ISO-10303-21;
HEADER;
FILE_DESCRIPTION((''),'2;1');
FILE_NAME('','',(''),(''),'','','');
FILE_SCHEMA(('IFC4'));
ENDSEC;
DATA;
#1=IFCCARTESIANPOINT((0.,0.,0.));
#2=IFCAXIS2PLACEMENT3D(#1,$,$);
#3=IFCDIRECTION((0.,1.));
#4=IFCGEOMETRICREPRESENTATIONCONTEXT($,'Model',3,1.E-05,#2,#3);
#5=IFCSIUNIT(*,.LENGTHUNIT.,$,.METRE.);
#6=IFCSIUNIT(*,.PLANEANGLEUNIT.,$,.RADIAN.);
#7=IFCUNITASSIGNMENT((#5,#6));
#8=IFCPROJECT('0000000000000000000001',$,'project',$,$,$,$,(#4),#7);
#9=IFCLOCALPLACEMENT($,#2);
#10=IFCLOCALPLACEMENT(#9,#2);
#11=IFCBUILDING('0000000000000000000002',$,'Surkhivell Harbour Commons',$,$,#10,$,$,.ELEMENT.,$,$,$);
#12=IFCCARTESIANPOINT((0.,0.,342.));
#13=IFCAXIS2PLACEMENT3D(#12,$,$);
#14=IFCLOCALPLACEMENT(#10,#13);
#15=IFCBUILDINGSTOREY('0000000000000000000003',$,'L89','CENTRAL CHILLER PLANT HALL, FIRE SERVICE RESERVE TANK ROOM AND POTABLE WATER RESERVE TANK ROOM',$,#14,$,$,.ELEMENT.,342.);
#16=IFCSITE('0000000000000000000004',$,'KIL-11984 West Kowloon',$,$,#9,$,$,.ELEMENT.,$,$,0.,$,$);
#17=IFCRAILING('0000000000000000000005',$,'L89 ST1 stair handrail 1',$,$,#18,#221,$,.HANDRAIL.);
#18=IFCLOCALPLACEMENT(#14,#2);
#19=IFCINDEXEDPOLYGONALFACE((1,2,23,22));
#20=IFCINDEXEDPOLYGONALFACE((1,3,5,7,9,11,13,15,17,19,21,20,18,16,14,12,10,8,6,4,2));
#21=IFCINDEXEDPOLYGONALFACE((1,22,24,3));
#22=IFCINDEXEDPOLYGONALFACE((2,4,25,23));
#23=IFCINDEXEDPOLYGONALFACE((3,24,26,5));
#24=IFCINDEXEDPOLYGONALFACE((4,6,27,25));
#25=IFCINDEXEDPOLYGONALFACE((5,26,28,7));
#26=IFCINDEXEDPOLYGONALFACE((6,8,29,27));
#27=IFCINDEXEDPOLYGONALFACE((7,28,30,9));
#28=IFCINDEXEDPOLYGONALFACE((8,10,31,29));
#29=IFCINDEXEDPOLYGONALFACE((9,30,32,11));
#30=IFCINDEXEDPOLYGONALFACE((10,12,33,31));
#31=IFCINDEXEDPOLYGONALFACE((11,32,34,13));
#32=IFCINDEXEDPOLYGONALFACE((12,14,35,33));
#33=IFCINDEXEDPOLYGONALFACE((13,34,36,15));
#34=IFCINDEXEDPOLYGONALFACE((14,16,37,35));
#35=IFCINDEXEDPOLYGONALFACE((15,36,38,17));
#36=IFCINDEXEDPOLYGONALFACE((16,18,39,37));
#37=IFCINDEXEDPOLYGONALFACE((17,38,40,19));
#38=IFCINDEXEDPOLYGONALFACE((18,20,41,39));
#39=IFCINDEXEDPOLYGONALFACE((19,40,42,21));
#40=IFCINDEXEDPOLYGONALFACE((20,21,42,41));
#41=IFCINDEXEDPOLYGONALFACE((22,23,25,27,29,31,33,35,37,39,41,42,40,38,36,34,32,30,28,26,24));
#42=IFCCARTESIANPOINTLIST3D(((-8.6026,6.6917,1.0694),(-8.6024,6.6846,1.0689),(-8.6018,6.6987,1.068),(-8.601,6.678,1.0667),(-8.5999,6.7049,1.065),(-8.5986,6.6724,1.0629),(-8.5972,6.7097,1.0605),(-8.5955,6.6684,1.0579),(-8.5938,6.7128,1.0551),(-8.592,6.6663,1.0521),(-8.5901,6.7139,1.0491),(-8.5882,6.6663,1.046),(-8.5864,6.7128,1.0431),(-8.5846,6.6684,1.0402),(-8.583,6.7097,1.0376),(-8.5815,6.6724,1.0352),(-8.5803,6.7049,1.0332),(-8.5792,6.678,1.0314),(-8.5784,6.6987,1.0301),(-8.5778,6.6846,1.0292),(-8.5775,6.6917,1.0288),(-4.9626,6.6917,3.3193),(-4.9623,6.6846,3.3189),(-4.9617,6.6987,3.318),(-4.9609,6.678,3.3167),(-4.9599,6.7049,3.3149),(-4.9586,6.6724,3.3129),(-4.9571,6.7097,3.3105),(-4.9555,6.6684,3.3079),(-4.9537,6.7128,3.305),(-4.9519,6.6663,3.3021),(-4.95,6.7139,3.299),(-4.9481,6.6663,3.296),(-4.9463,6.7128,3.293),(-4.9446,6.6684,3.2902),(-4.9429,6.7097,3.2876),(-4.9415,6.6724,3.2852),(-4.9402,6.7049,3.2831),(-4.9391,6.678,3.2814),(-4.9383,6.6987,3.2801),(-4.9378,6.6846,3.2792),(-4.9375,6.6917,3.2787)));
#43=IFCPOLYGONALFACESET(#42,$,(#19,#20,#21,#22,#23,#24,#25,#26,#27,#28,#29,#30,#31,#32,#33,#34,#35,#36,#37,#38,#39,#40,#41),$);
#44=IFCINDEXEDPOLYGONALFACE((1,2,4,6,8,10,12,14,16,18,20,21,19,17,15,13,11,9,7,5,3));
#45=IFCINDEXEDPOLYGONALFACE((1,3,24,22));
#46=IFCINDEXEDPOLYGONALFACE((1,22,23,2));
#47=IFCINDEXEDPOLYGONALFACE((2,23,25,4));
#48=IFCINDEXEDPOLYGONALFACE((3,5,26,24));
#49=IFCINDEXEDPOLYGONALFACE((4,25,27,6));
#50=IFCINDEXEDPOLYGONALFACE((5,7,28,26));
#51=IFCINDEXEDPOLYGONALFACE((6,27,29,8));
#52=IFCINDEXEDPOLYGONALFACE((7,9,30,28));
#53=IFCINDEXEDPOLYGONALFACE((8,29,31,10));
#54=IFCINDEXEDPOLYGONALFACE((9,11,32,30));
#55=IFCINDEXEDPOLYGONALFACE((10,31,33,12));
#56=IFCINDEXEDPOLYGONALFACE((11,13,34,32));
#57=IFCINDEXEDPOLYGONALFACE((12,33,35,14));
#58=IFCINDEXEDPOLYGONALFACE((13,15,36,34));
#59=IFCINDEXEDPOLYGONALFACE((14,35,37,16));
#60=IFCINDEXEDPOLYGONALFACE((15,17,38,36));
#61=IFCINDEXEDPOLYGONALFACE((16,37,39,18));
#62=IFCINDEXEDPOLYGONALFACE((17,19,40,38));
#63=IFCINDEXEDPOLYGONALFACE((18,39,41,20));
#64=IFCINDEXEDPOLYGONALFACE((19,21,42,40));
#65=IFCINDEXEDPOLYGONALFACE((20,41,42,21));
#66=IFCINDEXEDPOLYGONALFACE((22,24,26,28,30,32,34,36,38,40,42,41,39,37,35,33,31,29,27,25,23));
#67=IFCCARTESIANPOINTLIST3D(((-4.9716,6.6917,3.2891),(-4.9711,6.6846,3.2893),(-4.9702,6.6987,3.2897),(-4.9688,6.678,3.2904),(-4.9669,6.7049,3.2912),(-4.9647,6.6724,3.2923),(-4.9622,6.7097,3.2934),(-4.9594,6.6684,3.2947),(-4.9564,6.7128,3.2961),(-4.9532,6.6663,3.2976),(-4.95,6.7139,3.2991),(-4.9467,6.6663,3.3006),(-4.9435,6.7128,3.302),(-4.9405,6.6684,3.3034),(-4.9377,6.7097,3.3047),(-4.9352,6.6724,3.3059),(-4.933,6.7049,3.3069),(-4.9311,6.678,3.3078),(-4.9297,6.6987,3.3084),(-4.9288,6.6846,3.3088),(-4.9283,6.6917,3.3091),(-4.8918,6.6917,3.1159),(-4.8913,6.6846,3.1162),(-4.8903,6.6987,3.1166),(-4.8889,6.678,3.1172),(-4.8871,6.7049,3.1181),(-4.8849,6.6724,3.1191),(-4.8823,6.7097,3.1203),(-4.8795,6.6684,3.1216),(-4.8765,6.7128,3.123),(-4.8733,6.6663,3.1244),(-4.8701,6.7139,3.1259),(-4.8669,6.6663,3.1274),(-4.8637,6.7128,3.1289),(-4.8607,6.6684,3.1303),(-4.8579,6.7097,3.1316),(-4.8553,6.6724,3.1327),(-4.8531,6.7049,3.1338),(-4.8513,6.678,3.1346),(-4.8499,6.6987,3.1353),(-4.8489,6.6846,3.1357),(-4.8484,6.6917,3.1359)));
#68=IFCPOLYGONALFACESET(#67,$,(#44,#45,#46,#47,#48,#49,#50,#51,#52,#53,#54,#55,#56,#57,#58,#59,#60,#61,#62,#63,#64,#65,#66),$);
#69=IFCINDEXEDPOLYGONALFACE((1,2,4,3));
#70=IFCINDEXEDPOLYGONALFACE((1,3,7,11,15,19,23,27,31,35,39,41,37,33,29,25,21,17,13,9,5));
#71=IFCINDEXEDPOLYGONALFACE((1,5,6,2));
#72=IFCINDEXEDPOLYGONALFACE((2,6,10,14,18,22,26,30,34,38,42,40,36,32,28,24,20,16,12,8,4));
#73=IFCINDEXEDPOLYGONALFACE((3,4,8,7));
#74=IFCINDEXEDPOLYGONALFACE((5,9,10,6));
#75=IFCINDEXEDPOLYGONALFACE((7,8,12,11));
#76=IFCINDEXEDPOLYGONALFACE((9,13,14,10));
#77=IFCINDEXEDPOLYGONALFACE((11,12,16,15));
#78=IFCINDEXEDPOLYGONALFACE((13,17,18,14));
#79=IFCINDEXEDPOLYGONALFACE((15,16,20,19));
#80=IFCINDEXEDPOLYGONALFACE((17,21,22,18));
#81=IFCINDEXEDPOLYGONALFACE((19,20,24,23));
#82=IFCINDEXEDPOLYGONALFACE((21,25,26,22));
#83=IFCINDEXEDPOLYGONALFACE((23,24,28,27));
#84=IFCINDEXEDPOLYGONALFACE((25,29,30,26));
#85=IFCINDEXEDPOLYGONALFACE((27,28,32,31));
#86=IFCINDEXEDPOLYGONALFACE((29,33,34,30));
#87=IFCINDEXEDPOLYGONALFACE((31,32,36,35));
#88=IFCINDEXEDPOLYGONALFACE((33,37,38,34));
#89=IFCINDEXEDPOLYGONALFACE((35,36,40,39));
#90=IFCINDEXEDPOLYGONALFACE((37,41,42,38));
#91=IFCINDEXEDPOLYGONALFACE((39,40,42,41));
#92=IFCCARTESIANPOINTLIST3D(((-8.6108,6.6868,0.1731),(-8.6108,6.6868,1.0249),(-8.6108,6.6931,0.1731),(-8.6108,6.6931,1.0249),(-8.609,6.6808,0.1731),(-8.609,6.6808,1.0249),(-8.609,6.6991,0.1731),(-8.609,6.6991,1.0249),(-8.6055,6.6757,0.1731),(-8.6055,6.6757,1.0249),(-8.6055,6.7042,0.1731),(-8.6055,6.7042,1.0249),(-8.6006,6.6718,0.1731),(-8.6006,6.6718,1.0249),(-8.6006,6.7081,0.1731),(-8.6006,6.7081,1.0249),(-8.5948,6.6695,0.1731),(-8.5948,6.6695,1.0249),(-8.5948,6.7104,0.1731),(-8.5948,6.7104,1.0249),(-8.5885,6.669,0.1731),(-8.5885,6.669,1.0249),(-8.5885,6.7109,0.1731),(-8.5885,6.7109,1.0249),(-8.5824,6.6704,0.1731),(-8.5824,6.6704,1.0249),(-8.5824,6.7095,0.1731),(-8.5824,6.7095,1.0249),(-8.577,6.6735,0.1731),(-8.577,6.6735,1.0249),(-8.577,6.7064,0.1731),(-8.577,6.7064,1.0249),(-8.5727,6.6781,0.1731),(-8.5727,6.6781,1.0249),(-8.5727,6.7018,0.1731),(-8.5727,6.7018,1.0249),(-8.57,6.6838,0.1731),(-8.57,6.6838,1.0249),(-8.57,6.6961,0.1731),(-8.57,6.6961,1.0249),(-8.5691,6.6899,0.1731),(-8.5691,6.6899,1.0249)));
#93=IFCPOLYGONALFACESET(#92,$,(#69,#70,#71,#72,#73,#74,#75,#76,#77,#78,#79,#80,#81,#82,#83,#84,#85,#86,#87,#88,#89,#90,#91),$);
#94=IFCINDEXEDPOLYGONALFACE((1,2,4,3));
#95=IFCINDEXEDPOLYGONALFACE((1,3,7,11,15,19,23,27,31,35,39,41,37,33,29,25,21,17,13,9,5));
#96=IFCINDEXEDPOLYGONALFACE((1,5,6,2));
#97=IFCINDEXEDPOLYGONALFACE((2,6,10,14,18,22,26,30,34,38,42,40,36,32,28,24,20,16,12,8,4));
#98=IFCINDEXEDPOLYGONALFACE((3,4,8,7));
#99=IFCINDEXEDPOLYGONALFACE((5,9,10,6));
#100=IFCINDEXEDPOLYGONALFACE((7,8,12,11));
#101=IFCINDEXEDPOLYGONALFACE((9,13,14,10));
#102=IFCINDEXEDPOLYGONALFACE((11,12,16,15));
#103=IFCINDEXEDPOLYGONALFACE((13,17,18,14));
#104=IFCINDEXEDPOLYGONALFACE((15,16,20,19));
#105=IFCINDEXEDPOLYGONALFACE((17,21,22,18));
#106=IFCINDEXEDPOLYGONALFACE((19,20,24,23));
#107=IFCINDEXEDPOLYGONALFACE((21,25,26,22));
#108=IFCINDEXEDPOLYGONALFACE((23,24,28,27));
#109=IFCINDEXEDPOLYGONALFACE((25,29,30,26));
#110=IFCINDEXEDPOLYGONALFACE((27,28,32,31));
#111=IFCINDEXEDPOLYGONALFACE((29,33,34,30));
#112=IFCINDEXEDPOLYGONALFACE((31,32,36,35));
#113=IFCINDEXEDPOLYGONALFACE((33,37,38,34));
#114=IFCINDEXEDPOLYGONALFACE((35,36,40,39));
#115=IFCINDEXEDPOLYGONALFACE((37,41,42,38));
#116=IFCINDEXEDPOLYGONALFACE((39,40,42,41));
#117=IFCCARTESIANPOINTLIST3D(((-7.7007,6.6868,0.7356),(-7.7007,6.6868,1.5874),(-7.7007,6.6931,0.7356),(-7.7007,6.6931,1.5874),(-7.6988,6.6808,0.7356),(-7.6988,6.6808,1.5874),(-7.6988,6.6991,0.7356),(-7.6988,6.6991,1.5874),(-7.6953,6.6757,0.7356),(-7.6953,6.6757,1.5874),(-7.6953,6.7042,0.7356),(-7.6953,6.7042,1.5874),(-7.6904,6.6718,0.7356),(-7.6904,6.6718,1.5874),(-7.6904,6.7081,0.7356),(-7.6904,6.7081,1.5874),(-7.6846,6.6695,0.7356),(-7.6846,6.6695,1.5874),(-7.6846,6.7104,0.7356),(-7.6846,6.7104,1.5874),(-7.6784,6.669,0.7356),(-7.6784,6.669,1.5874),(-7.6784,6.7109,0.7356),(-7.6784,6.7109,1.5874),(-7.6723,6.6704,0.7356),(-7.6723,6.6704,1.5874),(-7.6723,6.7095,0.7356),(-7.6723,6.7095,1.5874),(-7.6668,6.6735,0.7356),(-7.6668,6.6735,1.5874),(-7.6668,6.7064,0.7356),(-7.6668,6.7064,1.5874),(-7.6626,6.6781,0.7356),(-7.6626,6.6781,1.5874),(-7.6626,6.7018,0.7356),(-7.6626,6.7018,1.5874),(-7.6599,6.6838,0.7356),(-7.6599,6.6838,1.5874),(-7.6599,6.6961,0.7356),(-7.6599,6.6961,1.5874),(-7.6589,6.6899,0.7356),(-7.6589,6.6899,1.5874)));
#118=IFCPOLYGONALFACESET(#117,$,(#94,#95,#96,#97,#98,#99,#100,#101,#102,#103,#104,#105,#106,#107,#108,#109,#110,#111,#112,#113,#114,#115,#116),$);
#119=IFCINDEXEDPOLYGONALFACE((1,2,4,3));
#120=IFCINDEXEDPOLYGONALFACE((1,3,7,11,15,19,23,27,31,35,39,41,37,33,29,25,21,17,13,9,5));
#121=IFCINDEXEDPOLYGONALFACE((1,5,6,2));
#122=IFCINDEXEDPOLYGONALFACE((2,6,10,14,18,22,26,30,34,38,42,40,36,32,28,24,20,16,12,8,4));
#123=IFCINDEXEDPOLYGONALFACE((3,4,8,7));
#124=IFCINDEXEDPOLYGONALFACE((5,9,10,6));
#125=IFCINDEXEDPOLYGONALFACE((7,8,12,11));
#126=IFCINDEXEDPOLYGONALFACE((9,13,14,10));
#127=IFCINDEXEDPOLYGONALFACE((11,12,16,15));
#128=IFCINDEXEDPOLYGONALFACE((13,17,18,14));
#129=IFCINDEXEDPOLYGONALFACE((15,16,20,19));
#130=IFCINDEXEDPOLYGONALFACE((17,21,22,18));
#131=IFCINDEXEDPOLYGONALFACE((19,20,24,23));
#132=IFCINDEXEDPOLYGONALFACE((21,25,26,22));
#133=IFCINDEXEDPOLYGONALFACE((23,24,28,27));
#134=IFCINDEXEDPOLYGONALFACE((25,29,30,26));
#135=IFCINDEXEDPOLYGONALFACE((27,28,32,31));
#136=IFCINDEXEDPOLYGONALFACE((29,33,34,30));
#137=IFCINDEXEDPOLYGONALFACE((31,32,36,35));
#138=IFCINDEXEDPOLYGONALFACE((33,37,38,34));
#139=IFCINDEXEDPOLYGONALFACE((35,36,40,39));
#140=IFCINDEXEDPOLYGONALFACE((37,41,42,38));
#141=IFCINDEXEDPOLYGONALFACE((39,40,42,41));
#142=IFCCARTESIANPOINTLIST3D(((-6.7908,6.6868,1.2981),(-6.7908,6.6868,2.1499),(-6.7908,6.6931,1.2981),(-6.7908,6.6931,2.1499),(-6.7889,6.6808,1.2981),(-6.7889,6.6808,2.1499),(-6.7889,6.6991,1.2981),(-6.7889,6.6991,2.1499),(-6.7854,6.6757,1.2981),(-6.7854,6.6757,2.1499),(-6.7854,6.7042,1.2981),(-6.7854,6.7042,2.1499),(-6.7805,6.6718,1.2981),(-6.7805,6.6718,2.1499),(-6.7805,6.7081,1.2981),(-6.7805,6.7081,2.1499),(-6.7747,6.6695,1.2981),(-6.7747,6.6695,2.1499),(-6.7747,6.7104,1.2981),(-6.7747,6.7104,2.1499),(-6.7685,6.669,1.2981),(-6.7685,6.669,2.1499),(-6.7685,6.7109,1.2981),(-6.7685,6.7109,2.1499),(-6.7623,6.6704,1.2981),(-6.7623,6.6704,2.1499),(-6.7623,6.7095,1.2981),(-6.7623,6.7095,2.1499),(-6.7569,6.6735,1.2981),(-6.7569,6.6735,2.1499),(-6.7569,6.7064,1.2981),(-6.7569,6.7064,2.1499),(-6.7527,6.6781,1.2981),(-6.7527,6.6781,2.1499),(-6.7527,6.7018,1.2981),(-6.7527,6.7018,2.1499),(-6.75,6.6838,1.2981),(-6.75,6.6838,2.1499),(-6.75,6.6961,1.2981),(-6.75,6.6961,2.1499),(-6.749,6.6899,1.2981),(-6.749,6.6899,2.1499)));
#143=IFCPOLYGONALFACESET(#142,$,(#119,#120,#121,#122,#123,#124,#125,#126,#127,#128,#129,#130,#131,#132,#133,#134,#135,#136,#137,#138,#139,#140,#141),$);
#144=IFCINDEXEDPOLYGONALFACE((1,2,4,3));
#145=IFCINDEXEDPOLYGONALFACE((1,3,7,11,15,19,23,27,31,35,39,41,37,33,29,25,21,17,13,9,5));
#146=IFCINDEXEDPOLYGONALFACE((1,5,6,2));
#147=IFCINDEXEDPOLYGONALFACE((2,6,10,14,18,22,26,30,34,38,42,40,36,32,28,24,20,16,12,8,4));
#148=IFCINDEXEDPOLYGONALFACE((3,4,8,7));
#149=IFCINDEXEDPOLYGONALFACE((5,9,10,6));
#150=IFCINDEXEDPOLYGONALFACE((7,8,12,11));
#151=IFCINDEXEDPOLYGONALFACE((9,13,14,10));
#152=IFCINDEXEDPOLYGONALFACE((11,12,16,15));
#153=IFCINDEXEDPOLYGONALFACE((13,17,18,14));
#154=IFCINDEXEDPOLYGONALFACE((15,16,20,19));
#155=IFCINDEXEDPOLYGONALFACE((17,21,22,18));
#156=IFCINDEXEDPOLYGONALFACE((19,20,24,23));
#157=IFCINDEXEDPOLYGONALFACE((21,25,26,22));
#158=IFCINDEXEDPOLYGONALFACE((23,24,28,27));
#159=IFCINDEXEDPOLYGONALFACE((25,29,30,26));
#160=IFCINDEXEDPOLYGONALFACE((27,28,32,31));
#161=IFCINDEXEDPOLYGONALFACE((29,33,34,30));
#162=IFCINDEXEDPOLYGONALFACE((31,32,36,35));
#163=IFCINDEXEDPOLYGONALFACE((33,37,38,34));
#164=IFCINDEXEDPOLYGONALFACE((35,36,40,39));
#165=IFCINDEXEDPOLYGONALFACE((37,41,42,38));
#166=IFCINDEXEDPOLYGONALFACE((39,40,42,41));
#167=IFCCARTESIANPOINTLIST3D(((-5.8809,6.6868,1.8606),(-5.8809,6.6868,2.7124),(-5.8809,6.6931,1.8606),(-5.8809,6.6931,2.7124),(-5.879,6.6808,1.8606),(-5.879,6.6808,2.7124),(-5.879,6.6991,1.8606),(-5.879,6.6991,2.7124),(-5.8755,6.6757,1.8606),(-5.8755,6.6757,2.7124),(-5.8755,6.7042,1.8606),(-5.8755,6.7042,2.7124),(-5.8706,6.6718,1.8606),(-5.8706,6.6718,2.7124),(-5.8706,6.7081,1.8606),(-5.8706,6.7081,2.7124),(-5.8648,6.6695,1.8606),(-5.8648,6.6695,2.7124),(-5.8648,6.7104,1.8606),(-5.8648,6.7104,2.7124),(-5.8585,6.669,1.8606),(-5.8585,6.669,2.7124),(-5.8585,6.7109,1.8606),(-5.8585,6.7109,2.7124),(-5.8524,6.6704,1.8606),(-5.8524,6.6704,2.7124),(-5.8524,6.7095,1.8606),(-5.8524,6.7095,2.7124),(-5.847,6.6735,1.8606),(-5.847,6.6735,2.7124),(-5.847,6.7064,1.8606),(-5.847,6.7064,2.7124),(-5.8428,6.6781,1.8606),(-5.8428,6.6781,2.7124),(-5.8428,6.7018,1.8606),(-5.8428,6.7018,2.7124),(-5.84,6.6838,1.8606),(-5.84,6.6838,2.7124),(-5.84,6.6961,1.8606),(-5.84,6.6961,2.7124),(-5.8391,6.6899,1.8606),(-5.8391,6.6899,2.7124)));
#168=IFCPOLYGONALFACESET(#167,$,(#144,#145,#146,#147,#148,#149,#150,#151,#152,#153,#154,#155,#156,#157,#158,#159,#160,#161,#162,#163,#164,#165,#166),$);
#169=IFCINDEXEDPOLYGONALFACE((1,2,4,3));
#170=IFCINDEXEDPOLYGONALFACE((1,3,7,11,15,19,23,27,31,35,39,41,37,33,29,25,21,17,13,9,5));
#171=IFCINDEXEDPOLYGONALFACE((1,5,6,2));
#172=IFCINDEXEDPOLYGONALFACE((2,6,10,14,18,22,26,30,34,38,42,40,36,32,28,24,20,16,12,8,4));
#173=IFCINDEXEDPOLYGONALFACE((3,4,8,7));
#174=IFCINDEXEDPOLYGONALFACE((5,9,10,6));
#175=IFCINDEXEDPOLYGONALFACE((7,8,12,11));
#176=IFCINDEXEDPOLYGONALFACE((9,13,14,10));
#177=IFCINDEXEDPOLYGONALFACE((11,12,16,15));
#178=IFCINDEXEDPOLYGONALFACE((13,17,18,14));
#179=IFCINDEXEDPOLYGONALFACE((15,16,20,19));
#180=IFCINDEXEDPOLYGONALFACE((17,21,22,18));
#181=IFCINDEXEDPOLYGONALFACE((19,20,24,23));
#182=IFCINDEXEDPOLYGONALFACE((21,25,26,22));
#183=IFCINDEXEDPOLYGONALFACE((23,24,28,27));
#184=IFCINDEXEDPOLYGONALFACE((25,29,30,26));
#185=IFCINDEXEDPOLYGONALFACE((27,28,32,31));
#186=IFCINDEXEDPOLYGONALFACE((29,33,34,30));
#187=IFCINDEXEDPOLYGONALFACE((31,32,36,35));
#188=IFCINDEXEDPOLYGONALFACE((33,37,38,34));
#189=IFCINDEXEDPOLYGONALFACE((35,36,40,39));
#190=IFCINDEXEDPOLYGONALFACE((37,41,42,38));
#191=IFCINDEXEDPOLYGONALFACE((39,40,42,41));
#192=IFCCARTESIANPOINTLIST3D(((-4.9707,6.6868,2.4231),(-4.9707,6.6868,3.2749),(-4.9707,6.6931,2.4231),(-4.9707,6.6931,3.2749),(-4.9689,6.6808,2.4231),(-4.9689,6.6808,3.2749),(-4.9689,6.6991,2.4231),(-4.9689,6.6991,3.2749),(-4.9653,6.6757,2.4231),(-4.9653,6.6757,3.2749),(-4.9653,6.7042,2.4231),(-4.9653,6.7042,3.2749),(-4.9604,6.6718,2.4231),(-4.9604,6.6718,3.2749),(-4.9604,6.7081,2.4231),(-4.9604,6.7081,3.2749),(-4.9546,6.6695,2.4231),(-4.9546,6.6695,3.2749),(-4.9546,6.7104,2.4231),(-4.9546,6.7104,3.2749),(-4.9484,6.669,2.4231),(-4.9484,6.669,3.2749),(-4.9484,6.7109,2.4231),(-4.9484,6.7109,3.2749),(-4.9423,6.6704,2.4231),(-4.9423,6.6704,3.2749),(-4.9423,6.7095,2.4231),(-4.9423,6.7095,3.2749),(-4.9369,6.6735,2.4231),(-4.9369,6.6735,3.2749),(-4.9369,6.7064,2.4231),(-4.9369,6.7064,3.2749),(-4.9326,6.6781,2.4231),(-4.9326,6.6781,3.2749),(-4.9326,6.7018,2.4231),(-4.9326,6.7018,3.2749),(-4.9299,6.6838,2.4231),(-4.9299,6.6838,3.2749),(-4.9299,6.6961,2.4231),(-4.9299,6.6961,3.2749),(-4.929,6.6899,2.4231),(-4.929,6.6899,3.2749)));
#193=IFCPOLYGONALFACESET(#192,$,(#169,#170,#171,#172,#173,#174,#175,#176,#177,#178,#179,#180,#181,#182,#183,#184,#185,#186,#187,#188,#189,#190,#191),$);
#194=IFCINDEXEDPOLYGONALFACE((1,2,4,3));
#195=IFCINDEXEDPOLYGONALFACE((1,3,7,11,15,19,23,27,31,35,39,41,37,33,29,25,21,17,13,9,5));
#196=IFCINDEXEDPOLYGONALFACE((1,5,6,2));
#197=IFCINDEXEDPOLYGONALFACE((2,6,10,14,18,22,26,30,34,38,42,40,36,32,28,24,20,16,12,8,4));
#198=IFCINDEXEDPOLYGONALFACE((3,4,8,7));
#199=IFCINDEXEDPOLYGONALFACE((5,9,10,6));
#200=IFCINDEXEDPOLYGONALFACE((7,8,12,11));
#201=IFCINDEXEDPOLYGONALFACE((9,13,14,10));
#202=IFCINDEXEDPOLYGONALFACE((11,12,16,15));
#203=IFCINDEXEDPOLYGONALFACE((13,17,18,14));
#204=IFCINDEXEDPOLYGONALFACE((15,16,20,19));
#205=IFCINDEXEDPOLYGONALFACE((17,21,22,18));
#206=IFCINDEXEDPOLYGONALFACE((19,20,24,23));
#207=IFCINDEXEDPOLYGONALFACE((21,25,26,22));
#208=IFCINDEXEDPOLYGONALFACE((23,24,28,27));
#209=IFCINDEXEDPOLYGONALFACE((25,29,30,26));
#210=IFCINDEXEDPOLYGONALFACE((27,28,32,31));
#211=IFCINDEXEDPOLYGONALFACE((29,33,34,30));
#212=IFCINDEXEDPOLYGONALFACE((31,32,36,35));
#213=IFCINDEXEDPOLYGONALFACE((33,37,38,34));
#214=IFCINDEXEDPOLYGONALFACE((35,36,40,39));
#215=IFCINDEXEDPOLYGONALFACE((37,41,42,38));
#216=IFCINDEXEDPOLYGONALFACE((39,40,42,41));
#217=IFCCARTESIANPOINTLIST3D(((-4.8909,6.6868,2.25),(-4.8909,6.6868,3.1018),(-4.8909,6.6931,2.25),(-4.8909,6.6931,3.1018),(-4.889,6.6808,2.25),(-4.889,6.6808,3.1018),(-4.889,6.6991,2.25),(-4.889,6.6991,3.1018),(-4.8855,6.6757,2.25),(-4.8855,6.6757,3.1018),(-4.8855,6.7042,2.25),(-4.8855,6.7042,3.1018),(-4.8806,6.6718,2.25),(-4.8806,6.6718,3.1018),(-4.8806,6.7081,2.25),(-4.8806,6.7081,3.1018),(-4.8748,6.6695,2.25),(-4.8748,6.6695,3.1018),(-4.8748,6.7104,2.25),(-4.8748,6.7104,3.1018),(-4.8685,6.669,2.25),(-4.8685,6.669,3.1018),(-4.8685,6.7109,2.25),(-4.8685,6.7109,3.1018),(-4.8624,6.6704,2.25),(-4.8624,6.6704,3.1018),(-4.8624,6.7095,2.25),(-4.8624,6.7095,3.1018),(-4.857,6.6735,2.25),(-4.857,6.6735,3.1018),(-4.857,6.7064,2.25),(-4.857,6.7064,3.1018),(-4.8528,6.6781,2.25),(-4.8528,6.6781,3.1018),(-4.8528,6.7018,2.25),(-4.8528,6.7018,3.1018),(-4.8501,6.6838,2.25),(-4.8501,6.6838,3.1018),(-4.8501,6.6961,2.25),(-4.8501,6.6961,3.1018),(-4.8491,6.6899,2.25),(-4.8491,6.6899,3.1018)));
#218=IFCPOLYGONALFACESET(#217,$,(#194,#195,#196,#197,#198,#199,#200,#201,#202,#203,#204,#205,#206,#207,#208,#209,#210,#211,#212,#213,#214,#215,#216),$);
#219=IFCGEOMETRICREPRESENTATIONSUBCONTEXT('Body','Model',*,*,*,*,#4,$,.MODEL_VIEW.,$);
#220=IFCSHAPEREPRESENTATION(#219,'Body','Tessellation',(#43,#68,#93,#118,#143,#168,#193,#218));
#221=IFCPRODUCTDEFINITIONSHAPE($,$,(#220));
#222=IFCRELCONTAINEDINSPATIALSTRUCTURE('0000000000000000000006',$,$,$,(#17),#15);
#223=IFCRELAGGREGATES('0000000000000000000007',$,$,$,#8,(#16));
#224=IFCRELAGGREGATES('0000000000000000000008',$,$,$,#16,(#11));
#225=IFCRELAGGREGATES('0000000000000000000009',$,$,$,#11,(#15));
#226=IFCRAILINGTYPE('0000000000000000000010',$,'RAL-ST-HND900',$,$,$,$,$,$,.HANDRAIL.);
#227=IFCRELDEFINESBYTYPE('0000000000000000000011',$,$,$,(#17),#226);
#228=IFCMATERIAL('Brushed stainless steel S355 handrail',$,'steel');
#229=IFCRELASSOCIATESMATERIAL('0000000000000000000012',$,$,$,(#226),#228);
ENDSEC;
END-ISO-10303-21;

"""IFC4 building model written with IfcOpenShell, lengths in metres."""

from ifc_helpers import new_model, si_unit, direction, frame, origin, origin_2d, place, context, subcontext, project, spatial, circle, extrude, material, type_object, element, save


model = new_model("IFC4")

# Units and contexts
model_context = context("Model", 3, precision=1e-05, world=origin(), true_north=direction((0.0, 1.0)))
body_context = subcontext(model_context, "Body", "Model", "MODEL_VIEW")
ifc_project = project(units=[si_unit("LENGTHUNIT", "METRE"), si_unit("PLANEANGLEUNIT", "RADIAN")], contexts=[model_context])

# Site, building, storey
site_placement = place(None, origin())
site = spatial("IfcSite", under=ifc_project, at=site_placement, Name="KIL-11984 West Kowloon", CompositionType="ELEMENT", RefElevation=0.0)
building_placement = place(site_placement, origin())
building = spatial("IfcBuilding", under=site, at=building_placement, Name="Surkhivell Harbour Commons", CompositionType="ELEMENT")
storey_placement = place(building_placement, frame((0.0, 0.0, 342.0)))
storey = spatial("IfcBuildingStorey", under=building, at=storey_placement, Name="L89", Description="CENTRAL CHILLER PLANT HALL, FIRE SERVICE RESERVE TANK ROOM AND POTABLE WATER RESERVE TANK ROOM", CompositionType="ELEMENT", Elevation=342.0)

# Railing
ifc_material_1 = material(Name="Brushed stainless steel S355 handrail", Category="steel")
railing_type_1 = type_object("IfcRailingType", Name="RAL-ST-HND900", PredefinedType="HANDRAIL", material=ifc_material_1)
railing_1_placement = place(storey_placement, frame((-8.5901, 6.6899, 0.1731)))
element("IfcRailing", 1, at=railing_1_placement, inside=storey, type_object=railing_type_1, Name="L89 ST1 stair handrail 1", PredefinedType="HANDRAIL", context=body_context, shape_type="SweptSolid", body=[
    extrude(circle(Radius=0.0239, at=origin_2d()), frame((0.0, 0.0, 0.876), z_axis=(0.850622, 0.0, 0.525777), x_axis=(0.0, 1.0, 0.0)), (0.0, 0.0, 1.0), 4.2793),
    extrude(circle(Radius=0.0239, at=origin_2d()), frame((3.6401, 0.0, 3.126), z_axis=(0.418815, 0.0, -0.908072), x_axis=(0.0, 1.0, 0.0)), (0.0, 0.0, 1.0), 0.1907),
    extrude(circle(Radius=0.021, at=origin_2d()), origin(), (0.0, 0.0, 1.0), 0.8518),
    extrude(circle(Radius=0.021, at=origin_2d()), frame((0.9102, 0.0, 0.5625)), (0.0, 0.0, 1.0), 0.8518),
    extrude(circle(Radius=0.021, at=origin_2d()), frame((1.8201, 0.0, 1.125)), (0.0, 0.0, 1.0), 0.8518),
    extrude(circle(Radius=0.021, at=origin_2d()), frame((2.73, 0.0, 1.6875)), (0.0, 0.0, 1.0), 0.8518),
    extrude(circle(Radius=0.021, at=origin_2d()), frame((3.6401, 0.0, 2.25)), (0.0, 0.0, 1.0), 0.8518),
    extrude(circle(Radius=0.021, at=origin_2d()), frame((3.72, 0.0, 2.0769)), (0.0, 0.0, 1.0), 0.8518),
])

save(model, "model.ifc")
